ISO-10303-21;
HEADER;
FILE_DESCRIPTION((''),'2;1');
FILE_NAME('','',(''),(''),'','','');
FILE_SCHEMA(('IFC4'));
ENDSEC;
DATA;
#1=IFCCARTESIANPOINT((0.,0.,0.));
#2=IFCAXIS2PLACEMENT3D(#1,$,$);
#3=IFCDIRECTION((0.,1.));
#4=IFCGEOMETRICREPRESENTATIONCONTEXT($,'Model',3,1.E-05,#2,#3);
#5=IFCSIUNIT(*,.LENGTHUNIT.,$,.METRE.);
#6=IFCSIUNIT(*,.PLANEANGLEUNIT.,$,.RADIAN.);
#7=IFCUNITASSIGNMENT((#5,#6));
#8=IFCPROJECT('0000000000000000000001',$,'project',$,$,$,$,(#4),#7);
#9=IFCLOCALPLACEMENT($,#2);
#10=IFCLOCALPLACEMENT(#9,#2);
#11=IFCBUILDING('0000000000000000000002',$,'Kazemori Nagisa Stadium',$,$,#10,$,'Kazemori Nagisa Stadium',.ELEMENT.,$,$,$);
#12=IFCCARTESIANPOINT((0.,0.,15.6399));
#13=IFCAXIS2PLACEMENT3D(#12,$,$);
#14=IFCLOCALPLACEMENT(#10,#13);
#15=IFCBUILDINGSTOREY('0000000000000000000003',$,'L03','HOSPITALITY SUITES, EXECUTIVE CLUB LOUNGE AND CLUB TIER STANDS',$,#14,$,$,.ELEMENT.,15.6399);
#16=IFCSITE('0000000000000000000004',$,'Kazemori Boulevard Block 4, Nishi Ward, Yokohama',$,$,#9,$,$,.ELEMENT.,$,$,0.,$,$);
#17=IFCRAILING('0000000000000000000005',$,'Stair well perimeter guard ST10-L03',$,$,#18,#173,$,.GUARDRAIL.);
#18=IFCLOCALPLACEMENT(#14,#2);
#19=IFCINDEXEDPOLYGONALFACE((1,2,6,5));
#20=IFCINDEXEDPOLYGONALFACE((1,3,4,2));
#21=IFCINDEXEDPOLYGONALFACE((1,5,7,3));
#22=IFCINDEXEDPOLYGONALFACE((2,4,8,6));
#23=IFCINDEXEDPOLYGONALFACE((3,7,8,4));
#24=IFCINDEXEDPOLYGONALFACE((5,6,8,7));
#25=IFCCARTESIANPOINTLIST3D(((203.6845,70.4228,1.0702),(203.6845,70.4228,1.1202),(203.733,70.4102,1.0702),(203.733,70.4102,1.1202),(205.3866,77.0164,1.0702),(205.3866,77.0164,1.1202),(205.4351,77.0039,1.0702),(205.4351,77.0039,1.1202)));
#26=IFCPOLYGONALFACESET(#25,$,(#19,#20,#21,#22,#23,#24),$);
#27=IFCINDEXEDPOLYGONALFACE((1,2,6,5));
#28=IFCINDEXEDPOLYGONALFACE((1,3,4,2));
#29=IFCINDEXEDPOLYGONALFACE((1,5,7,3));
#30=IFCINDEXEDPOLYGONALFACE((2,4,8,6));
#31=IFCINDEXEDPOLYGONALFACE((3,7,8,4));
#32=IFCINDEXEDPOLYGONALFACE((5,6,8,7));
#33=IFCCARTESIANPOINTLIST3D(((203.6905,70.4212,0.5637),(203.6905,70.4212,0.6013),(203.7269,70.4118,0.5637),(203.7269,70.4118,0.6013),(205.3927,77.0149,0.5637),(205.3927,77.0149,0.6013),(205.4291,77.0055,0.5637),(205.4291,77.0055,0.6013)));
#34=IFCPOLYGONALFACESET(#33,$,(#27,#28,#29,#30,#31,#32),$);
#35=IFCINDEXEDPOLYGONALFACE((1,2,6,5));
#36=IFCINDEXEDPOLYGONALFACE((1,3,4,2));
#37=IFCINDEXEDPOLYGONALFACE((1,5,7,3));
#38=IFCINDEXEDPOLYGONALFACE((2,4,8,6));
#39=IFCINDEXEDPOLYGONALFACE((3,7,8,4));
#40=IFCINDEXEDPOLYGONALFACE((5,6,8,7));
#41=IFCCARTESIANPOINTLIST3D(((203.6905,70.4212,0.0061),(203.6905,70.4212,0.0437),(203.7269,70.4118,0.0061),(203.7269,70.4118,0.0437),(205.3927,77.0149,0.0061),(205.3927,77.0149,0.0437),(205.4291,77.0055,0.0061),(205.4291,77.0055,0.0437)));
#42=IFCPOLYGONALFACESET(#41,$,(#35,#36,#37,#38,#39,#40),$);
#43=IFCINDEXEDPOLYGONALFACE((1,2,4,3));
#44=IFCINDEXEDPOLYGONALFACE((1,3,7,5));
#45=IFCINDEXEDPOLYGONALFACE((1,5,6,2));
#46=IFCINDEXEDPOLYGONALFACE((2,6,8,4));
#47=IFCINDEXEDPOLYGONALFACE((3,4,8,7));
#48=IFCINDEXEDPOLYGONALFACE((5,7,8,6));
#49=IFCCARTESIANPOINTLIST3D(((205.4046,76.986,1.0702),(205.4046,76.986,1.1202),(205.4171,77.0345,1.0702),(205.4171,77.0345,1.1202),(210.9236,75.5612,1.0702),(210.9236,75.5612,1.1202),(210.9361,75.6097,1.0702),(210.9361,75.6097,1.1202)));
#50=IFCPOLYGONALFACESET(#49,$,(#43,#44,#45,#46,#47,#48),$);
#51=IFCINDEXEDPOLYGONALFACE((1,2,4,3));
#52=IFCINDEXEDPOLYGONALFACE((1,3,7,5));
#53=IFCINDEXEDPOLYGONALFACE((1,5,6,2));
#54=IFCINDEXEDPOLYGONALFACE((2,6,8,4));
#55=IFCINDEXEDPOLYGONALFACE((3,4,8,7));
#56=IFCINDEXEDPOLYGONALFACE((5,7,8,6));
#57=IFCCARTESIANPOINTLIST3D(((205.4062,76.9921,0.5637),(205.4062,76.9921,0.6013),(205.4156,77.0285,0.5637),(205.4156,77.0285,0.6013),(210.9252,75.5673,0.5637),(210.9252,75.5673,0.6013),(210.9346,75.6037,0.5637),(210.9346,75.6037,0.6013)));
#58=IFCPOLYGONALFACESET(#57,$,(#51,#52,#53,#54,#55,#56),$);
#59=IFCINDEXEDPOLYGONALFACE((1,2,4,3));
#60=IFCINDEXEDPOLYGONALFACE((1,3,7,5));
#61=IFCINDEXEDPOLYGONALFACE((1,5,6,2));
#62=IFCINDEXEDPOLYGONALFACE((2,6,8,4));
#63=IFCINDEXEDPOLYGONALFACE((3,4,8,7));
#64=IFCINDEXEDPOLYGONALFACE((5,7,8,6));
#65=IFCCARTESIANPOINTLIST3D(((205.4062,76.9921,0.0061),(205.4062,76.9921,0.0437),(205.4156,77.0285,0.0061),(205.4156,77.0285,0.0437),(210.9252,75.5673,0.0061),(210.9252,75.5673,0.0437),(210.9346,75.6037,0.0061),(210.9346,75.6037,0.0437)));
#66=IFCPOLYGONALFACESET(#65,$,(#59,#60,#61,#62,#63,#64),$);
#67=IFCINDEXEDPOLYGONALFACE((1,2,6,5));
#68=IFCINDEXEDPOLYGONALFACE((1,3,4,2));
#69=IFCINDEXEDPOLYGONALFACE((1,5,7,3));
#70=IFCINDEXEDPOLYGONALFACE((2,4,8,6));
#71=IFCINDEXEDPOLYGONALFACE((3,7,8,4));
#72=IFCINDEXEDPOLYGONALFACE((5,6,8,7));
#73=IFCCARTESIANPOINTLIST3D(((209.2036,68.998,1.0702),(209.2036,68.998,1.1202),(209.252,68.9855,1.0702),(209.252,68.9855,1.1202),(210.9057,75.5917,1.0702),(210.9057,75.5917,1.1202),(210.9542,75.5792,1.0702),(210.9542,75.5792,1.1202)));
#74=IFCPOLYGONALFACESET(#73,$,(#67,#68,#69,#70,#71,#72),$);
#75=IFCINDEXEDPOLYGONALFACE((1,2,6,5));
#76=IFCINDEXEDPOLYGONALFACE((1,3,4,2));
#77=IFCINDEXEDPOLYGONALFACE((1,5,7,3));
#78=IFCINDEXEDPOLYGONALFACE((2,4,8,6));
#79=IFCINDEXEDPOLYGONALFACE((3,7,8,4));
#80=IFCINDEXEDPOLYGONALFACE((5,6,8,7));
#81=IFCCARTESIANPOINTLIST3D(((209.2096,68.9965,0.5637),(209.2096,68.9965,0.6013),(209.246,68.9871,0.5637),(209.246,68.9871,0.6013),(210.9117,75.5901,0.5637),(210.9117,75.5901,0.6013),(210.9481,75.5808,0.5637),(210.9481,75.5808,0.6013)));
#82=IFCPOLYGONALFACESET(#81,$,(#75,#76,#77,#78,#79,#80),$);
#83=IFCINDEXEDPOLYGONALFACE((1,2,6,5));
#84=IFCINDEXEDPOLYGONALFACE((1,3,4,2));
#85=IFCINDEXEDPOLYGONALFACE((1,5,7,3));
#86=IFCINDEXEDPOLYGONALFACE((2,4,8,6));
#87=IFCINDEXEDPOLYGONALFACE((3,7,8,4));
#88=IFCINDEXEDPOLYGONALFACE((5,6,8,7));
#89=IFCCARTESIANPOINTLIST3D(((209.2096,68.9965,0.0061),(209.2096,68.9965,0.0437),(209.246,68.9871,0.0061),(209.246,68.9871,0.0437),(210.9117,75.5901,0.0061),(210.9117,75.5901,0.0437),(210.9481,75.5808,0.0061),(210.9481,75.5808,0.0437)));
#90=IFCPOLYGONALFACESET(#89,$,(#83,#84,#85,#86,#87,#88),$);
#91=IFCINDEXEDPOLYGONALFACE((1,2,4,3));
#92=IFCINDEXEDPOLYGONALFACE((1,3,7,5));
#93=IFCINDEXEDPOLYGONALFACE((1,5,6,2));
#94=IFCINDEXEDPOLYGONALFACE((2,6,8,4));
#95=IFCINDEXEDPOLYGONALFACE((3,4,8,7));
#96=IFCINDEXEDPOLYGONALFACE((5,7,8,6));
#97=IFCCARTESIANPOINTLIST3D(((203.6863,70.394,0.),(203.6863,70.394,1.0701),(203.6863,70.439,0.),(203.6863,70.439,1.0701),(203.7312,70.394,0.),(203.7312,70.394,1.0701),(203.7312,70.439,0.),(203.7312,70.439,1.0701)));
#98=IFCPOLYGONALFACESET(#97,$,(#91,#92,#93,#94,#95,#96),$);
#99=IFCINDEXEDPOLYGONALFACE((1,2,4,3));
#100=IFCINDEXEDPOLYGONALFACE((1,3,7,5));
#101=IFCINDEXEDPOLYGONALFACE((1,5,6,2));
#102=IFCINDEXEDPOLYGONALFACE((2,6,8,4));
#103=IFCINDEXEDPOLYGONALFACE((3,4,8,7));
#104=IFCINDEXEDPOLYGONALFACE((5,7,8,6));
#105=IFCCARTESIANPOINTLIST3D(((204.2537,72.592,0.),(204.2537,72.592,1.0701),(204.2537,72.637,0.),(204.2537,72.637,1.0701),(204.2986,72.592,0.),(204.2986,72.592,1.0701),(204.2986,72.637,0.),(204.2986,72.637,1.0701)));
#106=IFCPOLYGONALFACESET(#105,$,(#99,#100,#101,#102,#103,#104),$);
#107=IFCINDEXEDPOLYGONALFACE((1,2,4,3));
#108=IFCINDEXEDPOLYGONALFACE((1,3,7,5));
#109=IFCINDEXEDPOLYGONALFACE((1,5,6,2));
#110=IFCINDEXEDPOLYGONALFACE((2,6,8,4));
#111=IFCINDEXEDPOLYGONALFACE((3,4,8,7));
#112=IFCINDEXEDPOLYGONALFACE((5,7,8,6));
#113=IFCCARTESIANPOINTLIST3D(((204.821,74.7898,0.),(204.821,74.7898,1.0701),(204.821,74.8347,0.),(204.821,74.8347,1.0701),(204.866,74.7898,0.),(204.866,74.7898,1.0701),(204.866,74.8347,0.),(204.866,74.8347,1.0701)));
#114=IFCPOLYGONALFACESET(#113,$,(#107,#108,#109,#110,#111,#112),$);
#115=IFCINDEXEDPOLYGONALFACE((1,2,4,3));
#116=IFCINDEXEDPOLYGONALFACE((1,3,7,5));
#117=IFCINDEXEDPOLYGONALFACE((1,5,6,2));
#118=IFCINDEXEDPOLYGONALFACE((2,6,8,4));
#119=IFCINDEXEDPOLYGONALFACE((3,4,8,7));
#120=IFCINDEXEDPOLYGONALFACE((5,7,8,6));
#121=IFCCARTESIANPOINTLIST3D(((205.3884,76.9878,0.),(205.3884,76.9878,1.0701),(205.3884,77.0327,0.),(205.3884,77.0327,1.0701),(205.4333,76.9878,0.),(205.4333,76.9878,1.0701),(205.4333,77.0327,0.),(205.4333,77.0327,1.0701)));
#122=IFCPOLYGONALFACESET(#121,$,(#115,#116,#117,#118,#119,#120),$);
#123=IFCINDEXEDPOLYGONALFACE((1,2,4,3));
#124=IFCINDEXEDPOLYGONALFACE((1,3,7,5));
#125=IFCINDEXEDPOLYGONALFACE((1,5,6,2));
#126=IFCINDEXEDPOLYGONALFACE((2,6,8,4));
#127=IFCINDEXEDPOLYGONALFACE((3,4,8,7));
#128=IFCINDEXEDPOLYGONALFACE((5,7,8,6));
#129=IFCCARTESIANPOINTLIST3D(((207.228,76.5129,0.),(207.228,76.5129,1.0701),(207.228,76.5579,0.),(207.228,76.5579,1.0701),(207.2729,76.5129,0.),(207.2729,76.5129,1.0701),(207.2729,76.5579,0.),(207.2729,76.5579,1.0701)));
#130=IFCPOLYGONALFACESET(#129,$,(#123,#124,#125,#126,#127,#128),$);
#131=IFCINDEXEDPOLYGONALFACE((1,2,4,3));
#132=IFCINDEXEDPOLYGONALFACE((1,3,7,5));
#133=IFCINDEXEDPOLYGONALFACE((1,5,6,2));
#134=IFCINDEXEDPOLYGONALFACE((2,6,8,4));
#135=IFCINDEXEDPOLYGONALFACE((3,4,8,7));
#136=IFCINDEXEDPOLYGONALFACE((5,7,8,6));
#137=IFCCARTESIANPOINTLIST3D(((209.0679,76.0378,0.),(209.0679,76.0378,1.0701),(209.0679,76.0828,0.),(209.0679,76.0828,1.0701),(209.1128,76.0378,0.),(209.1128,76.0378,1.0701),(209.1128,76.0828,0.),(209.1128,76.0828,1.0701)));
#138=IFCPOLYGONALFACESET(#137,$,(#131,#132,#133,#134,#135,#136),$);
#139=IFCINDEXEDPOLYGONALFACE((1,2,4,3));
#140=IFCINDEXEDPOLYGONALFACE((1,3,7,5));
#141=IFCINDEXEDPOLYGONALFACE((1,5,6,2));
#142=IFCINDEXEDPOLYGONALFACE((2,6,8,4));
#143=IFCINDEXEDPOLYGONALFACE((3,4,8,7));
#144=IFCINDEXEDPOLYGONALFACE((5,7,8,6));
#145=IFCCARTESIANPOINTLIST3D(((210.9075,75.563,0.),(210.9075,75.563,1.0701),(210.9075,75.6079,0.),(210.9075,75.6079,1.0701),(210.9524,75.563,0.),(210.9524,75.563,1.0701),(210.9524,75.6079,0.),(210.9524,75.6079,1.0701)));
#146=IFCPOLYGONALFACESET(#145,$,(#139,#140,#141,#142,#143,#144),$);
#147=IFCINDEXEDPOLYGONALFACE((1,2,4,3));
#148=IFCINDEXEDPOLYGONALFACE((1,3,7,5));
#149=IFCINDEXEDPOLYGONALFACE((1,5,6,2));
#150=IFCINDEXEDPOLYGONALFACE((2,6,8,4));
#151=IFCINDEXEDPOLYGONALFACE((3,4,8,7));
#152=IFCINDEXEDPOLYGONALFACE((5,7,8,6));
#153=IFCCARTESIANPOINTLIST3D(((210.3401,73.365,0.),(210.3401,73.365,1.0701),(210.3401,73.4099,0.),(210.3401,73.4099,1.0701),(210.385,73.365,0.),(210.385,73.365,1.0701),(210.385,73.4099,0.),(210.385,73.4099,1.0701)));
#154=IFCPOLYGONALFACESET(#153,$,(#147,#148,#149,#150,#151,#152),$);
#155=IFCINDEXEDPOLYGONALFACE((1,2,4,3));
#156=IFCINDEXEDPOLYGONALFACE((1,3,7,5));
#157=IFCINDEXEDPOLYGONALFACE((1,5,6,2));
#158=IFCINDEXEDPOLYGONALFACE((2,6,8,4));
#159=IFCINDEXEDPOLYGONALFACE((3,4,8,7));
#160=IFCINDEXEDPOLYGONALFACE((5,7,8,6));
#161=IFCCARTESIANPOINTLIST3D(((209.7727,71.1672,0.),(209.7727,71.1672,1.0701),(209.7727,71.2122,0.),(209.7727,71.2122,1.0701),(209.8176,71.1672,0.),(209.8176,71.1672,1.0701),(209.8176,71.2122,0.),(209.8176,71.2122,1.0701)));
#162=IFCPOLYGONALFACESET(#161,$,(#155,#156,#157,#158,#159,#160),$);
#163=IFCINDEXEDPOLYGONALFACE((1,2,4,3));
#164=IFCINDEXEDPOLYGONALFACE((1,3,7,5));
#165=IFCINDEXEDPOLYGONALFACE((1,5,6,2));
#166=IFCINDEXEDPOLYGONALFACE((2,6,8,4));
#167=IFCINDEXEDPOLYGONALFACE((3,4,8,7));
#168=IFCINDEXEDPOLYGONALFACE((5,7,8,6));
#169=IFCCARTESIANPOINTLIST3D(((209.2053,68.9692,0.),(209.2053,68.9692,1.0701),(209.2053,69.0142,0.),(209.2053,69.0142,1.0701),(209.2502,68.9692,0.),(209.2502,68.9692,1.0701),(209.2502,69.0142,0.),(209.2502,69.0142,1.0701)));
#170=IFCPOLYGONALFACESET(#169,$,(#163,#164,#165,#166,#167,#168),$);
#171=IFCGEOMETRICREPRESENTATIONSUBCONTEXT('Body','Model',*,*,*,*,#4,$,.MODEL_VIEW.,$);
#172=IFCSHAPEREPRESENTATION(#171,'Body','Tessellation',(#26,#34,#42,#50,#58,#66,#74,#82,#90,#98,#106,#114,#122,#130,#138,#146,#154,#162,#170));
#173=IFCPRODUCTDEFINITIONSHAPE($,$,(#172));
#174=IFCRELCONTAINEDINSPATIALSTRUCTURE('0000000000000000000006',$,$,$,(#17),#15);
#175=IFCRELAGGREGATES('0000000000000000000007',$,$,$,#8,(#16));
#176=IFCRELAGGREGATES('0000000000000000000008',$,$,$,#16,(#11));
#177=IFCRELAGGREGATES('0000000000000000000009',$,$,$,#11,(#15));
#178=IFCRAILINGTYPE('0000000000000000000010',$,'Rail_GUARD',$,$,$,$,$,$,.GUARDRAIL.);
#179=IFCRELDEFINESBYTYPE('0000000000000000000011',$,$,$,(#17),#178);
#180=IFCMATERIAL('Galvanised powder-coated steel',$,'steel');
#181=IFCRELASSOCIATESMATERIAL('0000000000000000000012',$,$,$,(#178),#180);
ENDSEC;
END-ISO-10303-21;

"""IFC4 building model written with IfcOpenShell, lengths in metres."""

from ifc_helpers import new_model, si_unit, direction, frame, origin, origin_2d, place, context, subcontext, project, spatial, rectangle, extrude, material, type_object, element, save


model = new_model("IFC4")

# Units and contexts
model_context = context("Model", 3, precision=1e-05, world=origin(), true_north=direction((0.0, 1.0)))
body_context = subcontext(model_context, "Body", "Model", "MODEL_VIEW")
ifc_project = project(units=[si_unit("LENGTHUNIT", "METRE"), si_unit("PLANEANGLEUNIT", "RADIAN")], contexts=[model_context])

# Site, building, storey
site_placement = place(None, origin())
site = spatial("IfcSite", under=ifc_project, at=site_placement, Name="Kazemori Boulevard Block 4, Nishi Ward, Yokohama", CompositionType="ELEMENT", RefElevation=0.0)
building_placement = place(site_placement, origin())
building = spatial("IfcBuilding", under=site, at=building_placement, Name="Kazemori Nagisa Stadium", LongName="Kazemori Nagisa Stadium", CompositionType="ELEMENT")
storey_placement = place(building_placement, frame((0.0, 0.0, 15.6399)))
storey = spatial("IfcBuildingStorey", under=building, at=storey_placement, Name="L03", Description="HOSPITALITY SUITES, EXECUTIVE CLUB LOUNGE AND CLUB TIER STANDS", CompositionType="ELEMENT", Elevation=15.6399)

# Railing
ifc_material_1 = material(Name="Galvanised powder-coated steel", Category="steel")
railing_type_1 = type_object("IfcRailingType", Name="Rail_GUARD", PredefinedType="GUARDRAIL", material=ifc_material_1)
railing_1_placement = place(storey_placement, frame((203.7087, 70.4165, 0.0)))
element("IfcRailing", 1, at=railing_1_placement, inside=storey, type_object=railing_type_1, Name="Stair well perimeter guard ST10-L03", PredefinedType="GUARDRAIL", context=body_context, shape_type="SweptSolid", body=[
    extrude(rectangle(XDim=0.05, YDim=0.05, at=origin_2d()), frame((0.0, 0.0, 1.0952), z_axis=(0.249952, 0.968258, 0.0), x_axis=(-0.968258, 0.249952, 0.0)), (0.0, 0.0, 1.0), 6.8098),
    extrude(rectangle(XDim=0.0376, YDim=0.0376, at=origin_2d()), frame((0.0, 0.0, 0.5825), z_axis=(0.249952, 0.968258, 0.0), x_axis=(-0.968258, 0.249952, 0.0)), (0.0, 0.0, 1.0), 6.8098),
    extrude(rectangle(XDim=0.0376, YDim=0.0376, at=origin_2d()), frame((0.0, 0.0, 0.0249), z_axis=(0.249952, 0.968258, 0.0), x_axis=(-0.968258, 0.249952, 0.0)), (0.0, 0.0, 1.0), 6.8098),
    extrude(rectangle(XDim=0.05, YDim=0.05, at=origin_2d()), frame((1.7021, 6.5938, 1.0952), z_axis=(0.968255, -0.249966, 0.0), x_axis=(0.249966, 0.968255, 0.0)), (0.0, 0.0, 1.0), 5.7),
    extrude(rectangle(XDim=0.0376, YDim=0.0376, at=origin_2d()), frame((1.7021, 6.5938, 0.5825), z_axis=(0.968255, -0.249966, 0.0), x_axis=(0.249966, 0.968255, 0.0)), (0.0, 0.0, 1.0), 5.7),
    extrude(rectangle(XDim=0.0376, YDim=0.0376, at=origin_2d()), frame((1.7021, 6.5938, 0.0249), z_axis=(0.968255, -0.249966, 0.0), x_axis=(0.249966, 0.968255, 0.0)), (0.0, 0.0, 1.0), 5.7),
    extrude(rectangle(XDim=0.05, YDim=0.05, at=origin_2d()), frame((7.2212, 5.1689, 1.0952), z_axis=(-0.249952, -0.968258, 0.0), x_axis=(0.968258, -0.249952, 0.0)), (0.0, 0.0, 1.0), 6.8098),
    extrude(rectangle(XDim=0.0376, YDim=0.0376, at=origin_2d()), frame((7.2212, 5.1689, 0.5825), z_axis=(-0.249952, -0.968258, 0.0), x_axis=(0.968258, -0.249952, 0.0)), (0.0, 0.0, 1.0), 6.8098),
    extrude(rectangle(XDim=0.0376, YDim=0.0376, at=origin_2d()), frame((7.2212, 5.1689, 0.0249), z_axis=(-0.249952, -0.968258, 0.0), x_axis=(0.968258, -0.249952, 0.0)), (0.0, 0.0, 1.0), 6.8098),
    extrude(rectangle(XDim=0.0449, YDim=0.0449, at=origin_2d()), origin(), (0.0, 0.0, 1.0), 1.0701),
    extrude(rectangle(XDim=0.0449, YDim=0.0449, at=origin_2d()), frame((0.5674, 2.198, 0.0)), (0.0, 0.0, 1.0), 1.0701),
    extrude(rectangle(XDim=0.0449, YDim=0.0449, at=origin_2d()), frame((1.1348, 4.3958, 0.0)), (0.0, 0.0, 1.0), 1.0701),
    extrude(rectangle(XDim=0.0449, YDim=0.0449, at=origin_2d()), frame((1.7021, 6.5938, 0.0)), (0.0, 0.0, 1.0), 1.0701),
    extrude(rectangle(XDim=0.0449, YDim=0.0449, at=origin_2d()), frame((3.5417, 6.1189, 0.0)), (0.0, 0.0, 1.0), 1.0701),
    extrude(rectangle(XDim=0.0449, YDim=0.0449, at=origin_2d()), frame((5.3816, 5.6438, 0.0)), (0.0, 0.0, 1.0), 1.0701),
    extrude(rectangle(XDim=0.0449, YDim=0.0449, at=origin_2d()), frame((7.2212, 5.1689, 0.0)), (0.0, 0.0, 1.0), 1.0701),
    extrude(rectangle(XDim=0.0449, YDim=0.0449, at=origin_2d()), frame((6.6538, 2.9709, 0.0)), (0.0, 0.0, 1.0), 1.0701),
    extrude(rectangle(XDim=0.0449, YDim=0.0449, at=origin_2d()), frame((6.0864, 0.7732, 0.0)), (0.0, 0.0, 1.0), 1.0701),
    extrude(rectangle(XDim=0.0449, YDim=0.0449, at=origin_2d()), frame((5.519, -1.4248, 0.0)), (0.0, 0.0, 1.0), 1.0701),
])

save(model, "model.ifc")
